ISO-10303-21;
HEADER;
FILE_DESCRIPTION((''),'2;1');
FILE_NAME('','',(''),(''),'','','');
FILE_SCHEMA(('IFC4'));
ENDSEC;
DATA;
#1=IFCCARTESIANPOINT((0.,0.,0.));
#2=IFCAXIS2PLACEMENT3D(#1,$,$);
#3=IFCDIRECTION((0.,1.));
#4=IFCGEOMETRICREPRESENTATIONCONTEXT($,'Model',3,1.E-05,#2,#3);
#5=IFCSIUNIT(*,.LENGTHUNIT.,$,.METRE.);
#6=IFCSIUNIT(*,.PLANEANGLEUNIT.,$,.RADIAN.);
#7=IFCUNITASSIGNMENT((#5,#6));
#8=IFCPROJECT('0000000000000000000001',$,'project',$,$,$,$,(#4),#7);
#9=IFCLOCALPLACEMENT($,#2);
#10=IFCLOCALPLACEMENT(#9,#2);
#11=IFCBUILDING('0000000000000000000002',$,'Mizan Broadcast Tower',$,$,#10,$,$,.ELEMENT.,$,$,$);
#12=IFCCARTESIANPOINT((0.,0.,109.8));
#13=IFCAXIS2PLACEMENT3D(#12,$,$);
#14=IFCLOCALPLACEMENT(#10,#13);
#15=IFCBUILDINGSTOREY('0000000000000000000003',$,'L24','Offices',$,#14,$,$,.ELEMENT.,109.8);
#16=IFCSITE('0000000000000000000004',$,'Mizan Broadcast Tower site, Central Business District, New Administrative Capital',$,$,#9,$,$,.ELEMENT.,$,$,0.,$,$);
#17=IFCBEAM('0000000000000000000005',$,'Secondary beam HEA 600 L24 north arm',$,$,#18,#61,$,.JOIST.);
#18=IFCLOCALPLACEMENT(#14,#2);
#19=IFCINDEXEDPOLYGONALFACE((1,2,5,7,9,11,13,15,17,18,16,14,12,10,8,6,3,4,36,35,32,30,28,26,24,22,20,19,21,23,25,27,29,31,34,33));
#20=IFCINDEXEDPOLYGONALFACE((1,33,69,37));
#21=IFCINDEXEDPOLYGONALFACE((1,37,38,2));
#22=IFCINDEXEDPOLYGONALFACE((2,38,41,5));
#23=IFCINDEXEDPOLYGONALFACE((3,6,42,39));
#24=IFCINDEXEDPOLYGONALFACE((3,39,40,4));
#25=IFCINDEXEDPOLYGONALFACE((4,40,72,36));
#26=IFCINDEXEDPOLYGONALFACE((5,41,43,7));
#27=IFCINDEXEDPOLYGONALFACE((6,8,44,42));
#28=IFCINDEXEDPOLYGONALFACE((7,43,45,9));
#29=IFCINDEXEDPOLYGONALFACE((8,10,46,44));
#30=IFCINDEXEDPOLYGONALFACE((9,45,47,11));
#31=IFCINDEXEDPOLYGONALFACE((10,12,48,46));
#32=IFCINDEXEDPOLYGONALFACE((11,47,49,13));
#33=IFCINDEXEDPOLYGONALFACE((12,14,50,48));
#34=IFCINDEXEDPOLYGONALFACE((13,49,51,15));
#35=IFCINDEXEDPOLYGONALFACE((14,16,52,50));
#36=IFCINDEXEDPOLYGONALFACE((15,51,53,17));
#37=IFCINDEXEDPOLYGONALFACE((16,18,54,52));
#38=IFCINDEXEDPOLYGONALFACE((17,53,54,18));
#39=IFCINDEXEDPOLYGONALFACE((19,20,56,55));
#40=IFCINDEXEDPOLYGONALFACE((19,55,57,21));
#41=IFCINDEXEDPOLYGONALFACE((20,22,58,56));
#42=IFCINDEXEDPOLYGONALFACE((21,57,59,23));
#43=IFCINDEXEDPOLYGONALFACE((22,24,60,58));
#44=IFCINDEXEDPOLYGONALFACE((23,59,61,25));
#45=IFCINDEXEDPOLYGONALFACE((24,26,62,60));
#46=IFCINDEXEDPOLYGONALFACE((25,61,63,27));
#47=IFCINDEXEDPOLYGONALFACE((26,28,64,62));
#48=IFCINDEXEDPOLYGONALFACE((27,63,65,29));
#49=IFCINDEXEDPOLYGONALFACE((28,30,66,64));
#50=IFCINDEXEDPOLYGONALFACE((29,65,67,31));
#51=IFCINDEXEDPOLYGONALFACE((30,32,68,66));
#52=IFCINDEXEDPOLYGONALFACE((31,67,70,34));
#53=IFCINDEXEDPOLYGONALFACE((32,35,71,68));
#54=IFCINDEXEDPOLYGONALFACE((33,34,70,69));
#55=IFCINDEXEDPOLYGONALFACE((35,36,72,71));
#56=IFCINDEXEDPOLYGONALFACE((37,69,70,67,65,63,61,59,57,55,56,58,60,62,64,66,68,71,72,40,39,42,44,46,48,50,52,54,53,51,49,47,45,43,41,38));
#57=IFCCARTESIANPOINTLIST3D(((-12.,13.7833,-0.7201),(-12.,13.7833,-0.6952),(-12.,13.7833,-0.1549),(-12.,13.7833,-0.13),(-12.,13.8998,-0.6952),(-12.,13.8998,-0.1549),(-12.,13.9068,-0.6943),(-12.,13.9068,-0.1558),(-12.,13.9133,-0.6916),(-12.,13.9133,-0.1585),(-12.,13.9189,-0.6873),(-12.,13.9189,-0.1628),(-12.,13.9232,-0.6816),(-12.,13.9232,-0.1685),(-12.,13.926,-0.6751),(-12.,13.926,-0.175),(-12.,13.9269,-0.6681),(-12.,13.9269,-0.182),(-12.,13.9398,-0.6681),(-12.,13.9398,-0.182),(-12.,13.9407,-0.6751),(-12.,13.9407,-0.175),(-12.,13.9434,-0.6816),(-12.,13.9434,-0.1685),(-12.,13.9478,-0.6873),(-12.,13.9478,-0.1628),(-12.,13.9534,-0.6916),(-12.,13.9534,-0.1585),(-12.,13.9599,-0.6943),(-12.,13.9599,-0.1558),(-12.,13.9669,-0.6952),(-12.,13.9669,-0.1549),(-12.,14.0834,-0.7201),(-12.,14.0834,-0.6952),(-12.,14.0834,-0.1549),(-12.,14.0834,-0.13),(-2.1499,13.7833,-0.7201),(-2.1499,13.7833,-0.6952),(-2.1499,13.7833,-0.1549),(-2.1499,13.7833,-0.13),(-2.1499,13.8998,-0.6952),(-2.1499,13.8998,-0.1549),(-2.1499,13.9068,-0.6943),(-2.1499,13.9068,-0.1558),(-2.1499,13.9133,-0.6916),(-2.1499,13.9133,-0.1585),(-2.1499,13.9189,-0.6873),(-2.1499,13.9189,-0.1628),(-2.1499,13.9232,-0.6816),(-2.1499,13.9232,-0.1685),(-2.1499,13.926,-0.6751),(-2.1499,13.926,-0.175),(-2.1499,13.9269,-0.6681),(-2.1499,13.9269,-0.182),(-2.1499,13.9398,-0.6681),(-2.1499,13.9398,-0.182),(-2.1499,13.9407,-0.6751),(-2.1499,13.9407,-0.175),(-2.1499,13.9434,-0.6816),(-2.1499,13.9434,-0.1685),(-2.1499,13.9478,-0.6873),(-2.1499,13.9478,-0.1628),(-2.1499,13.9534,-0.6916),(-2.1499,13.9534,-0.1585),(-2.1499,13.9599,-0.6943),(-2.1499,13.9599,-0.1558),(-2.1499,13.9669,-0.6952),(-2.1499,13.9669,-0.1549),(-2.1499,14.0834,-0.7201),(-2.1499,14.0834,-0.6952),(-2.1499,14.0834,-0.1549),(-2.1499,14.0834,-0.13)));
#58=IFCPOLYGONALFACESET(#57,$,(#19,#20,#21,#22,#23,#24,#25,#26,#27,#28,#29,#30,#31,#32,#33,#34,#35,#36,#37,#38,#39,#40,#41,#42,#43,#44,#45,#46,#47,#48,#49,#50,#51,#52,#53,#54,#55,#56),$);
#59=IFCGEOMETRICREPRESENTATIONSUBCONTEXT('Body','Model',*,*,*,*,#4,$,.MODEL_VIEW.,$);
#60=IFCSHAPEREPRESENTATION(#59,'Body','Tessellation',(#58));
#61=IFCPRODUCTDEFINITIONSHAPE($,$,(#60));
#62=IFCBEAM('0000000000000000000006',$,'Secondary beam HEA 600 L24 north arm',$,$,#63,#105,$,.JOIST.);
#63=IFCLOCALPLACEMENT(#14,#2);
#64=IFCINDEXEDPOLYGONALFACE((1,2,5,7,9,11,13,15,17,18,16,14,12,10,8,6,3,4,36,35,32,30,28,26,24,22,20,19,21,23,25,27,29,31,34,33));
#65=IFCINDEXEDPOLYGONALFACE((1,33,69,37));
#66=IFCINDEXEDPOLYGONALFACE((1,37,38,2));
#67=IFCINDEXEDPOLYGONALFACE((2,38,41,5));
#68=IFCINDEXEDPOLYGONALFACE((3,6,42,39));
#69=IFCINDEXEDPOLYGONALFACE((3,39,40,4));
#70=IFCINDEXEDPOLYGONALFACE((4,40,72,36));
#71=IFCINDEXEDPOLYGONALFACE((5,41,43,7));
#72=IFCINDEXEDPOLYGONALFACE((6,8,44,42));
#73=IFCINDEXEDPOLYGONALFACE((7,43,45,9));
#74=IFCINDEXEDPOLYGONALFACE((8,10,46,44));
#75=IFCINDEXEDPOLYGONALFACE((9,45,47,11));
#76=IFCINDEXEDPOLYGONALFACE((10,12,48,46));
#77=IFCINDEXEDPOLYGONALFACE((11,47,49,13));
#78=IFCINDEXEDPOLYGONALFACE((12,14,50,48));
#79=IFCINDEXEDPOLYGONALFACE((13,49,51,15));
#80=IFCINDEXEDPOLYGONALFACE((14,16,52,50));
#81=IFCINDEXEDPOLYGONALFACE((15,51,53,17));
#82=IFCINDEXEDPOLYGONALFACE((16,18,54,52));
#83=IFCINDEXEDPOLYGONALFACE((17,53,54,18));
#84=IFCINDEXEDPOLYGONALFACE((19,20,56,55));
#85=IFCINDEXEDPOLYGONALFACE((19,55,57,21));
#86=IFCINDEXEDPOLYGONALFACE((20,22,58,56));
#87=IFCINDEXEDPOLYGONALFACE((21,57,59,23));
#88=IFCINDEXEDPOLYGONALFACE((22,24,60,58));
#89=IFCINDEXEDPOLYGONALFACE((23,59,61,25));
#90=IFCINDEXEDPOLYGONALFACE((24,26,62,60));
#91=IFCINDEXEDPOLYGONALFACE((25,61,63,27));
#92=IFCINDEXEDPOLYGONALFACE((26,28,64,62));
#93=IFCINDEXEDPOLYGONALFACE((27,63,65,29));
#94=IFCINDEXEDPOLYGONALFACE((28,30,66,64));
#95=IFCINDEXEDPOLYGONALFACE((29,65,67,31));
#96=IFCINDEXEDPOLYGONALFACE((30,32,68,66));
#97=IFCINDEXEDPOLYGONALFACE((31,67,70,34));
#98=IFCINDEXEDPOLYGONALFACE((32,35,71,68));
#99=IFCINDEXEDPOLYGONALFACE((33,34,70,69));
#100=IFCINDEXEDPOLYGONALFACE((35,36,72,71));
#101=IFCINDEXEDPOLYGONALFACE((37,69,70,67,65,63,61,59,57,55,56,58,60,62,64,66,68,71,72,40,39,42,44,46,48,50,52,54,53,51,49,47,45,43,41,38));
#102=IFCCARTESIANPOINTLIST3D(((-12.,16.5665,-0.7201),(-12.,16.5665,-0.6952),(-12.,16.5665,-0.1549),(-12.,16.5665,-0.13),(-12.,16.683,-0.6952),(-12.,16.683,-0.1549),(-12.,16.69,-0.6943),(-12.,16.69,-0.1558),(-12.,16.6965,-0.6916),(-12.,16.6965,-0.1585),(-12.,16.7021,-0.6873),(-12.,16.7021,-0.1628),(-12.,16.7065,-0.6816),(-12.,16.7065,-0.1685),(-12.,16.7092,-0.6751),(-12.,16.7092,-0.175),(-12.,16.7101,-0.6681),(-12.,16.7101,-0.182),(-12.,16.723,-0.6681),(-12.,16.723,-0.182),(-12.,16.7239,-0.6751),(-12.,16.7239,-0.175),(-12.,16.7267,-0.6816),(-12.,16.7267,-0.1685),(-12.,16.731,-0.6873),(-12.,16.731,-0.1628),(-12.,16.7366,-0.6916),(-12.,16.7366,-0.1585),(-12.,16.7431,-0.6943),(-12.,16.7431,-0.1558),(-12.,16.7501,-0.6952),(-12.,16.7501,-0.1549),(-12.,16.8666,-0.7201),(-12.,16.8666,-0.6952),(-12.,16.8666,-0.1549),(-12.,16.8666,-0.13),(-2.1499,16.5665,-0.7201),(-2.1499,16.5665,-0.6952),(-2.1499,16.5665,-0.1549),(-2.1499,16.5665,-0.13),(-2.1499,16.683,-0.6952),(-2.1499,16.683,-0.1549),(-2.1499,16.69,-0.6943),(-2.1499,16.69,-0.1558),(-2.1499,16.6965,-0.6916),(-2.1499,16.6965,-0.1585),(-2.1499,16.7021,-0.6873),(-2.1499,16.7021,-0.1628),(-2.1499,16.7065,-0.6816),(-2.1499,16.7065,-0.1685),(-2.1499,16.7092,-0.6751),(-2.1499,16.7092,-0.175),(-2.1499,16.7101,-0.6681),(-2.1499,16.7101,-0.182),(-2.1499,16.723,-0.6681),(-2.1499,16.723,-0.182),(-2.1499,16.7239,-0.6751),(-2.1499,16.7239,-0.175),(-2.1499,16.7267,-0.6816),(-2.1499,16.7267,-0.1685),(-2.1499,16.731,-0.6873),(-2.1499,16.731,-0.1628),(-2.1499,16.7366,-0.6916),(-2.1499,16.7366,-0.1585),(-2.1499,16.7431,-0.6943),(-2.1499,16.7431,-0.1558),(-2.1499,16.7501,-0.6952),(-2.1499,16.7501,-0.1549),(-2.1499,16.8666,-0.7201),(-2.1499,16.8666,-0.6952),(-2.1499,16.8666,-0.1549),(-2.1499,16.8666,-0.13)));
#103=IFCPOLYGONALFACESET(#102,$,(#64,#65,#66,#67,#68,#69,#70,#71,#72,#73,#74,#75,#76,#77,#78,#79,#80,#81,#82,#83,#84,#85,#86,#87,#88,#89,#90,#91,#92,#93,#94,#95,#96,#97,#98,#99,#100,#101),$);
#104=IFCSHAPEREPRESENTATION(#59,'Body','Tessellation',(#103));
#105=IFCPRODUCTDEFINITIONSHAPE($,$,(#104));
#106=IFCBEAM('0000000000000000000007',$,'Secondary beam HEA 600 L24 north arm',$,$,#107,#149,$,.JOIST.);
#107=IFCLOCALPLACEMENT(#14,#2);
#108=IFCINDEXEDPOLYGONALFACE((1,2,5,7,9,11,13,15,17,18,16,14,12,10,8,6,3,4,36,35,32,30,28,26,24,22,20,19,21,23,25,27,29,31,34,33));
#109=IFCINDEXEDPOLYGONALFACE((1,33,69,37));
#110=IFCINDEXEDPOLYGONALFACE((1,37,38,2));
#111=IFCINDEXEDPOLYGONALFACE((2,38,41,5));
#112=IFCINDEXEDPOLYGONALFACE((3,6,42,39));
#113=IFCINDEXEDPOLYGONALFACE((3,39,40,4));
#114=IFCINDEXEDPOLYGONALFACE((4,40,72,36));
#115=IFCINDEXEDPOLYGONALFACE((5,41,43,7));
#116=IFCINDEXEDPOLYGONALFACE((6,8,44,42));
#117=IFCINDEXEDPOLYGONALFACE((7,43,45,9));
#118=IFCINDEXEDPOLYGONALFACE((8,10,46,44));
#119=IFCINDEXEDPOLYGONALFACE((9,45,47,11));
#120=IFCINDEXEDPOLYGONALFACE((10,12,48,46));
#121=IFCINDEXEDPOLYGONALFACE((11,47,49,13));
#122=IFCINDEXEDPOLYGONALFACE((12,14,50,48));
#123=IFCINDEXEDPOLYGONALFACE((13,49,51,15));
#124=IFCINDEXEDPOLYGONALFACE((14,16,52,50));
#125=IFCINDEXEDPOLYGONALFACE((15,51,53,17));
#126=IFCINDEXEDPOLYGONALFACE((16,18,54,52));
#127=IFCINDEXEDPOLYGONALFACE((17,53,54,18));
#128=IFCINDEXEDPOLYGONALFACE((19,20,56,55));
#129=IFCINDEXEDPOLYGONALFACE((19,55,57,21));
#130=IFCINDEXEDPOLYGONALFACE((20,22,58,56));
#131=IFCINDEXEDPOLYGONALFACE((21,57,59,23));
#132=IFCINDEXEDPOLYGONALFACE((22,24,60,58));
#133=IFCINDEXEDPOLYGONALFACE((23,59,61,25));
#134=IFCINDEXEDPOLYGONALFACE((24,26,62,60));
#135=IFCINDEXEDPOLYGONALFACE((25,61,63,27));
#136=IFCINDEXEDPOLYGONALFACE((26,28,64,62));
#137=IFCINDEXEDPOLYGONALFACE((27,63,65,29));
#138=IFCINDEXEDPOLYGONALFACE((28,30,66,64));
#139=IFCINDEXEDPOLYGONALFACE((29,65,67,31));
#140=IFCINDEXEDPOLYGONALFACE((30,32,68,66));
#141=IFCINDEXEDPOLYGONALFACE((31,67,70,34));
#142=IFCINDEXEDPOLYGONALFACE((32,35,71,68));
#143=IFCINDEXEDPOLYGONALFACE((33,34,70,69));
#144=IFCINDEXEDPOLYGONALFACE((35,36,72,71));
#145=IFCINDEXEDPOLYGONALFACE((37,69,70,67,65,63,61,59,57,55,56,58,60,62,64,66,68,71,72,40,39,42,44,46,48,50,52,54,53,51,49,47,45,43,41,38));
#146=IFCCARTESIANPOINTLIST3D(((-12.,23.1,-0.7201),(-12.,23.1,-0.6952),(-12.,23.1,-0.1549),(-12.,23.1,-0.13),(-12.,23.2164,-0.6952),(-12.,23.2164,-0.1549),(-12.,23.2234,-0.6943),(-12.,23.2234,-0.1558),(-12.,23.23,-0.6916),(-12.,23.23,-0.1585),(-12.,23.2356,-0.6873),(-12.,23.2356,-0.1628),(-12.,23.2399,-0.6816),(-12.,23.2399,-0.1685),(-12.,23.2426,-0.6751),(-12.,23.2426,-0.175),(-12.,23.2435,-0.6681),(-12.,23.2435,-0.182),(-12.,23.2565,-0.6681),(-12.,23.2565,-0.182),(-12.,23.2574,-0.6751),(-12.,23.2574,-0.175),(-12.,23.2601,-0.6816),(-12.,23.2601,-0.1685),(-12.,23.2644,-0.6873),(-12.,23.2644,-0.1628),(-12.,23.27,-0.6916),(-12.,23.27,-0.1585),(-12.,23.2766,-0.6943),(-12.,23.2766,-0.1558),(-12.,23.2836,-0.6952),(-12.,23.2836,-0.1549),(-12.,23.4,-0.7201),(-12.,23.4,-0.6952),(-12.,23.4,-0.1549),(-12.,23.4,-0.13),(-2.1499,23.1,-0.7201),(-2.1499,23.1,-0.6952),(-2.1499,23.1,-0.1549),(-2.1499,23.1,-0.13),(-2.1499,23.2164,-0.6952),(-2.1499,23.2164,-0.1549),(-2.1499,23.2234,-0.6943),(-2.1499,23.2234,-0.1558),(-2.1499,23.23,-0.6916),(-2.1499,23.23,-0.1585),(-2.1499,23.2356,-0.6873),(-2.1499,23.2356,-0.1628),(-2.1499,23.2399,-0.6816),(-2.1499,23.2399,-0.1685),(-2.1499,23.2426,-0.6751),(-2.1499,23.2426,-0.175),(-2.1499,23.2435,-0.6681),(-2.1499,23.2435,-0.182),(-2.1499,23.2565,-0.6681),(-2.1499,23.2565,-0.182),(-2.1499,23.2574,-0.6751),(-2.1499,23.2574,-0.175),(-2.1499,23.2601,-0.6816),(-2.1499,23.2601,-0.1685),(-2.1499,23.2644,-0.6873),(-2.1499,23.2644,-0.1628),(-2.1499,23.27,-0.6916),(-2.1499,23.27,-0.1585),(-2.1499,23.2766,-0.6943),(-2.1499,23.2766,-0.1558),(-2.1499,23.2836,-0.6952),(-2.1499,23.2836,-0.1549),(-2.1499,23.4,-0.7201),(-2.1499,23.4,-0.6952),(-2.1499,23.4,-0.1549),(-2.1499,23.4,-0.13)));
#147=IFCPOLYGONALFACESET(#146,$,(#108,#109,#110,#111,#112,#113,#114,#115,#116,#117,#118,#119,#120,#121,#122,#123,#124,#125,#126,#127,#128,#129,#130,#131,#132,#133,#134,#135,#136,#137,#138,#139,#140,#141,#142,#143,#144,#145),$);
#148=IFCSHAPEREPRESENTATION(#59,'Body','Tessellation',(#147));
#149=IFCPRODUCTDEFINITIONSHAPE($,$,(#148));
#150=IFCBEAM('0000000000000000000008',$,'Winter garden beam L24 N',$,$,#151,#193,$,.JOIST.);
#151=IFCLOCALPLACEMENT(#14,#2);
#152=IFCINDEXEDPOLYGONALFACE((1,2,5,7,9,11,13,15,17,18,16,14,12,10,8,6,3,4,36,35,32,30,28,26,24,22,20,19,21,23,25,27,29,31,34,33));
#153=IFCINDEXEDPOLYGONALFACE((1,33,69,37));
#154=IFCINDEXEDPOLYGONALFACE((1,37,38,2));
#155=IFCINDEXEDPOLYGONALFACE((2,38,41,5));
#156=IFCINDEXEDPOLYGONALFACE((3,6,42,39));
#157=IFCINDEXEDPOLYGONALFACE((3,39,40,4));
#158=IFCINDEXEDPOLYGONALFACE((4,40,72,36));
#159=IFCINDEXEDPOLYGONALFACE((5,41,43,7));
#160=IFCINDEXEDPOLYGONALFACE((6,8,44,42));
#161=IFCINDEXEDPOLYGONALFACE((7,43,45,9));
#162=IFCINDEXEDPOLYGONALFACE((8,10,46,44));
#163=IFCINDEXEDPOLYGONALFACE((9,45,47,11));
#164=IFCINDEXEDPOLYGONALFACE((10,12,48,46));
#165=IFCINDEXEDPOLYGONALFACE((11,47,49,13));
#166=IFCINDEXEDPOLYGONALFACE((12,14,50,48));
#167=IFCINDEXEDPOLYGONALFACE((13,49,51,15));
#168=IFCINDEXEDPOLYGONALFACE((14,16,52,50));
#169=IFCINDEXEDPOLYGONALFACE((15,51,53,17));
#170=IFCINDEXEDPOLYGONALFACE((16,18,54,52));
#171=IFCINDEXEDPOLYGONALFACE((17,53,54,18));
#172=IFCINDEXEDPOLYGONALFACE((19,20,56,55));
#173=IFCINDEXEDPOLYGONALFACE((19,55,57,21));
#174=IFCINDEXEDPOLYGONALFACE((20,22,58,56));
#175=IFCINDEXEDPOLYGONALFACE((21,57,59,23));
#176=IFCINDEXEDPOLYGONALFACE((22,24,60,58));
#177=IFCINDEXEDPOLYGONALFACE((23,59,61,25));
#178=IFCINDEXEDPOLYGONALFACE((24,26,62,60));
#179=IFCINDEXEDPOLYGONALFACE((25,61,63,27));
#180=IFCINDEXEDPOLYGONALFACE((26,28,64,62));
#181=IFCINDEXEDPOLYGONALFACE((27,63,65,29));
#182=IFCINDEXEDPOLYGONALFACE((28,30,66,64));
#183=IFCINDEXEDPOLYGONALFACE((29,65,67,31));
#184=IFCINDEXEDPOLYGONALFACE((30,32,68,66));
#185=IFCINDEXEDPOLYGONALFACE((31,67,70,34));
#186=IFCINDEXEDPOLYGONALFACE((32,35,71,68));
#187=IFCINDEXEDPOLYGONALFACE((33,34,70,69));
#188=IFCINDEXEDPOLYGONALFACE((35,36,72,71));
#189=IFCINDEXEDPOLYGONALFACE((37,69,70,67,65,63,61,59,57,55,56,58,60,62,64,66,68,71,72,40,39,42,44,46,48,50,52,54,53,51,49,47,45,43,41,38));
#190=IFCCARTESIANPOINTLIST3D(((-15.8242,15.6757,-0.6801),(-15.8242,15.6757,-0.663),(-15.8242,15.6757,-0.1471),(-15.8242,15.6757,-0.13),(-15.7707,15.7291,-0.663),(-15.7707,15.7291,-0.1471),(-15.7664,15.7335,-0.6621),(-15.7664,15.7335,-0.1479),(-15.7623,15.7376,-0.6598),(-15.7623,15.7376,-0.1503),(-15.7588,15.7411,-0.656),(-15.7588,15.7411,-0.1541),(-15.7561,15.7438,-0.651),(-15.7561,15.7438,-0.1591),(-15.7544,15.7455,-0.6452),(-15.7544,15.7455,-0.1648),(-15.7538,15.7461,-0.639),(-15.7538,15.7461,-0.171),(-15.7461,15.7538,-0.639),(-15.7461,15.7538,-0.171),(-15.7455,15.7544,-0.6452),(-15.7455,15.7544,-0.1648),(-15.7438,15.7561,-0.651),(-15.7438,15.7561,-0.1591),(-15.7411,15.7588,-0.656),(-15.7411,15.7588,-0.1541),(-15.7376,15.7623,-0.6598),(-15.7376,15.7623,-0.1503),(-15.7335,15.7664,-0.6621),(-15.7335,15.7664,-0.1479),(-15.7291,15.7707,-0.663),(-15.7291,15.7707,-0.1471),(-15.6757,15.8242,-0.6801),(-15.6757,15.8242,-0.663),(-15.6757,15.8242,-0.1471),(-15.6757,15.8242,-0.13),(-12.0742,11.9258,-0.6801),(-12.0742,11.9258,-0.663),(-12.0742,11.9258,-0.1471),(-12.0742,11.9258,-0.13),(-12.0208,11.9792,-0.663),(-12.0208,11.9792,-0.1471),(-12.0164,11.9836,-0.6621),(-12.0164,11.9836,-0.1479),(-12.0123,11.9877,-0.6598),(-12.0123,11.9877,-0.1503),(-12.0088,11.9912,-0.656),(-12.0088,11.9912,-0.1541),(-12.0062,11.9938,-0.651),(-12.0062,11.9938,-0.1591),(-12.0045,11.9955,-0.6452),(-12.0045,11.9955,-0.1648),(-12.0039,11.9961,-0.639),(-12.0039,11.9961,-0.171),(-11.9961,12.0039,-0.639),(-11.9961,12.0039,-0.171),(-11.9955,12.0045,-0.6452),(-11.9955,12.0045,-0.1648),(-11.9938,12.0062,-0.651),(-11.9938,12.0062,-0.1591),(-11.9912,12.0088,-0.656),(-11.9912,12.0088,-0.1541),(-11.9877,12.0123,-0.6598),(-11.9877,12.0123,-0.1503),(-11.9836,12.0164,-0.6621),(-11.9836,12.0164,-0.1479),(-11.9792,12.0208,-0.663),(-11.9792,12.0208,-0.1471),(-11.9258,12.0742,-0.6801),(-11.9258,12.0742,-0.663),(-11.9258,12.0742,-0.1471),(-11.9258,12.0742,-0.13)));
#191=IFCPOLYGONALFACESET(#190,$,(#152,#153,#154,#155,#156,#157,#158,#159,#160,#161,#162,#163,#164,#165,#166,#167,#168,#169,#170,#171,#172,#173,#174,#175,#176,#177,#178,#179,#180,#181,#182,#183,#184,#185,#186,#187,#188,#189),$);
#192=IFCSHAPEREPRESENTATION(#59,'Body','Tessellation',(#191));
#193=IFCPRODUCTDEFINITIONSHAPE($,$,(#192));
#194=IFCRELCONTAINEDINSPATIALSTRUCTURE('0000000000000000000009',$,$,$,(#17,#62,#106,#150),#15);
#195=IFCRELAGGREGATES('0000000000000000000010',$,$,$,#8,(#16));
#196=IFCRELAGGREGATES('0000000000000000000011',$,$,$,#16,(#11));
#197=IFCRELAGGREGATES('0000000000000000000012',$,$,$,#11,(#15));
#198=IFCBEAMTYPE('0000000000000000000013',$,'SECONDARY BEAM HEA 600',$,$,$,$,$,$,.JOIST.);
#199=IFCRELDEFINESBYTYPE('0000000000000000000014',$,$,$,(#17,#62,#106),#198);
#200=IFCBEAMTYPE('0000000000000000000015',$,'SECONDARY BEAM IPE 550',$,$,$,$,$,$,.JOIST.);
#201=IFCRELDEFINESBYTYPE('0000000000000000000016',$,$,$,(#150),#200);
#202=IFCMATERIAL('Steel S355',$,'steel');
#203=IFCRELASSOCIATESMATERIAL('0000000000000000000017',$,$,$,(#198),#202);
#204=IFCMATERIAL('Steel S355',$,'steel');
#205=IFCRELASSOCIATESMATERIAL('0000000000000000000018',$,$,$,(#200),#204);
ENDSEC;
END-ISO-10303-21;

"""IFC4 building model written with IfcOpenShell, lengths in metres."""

from ifc_helpers import new_model, si_unit, direction, frame, origin, origin_2d, place, context, subcontext, project, spatial, i_section, extrude, material, material_profile, profile_set, type_object, element, save


model = new_model("IFC4")

# Units and contexts
model_context = context("Model", 3, precision=1e-05, world=origin(), true_north=direction((0.0, 1.0)))
body_context = subcontext(model_context, "Body", "Model", "MODEL_VIEW")
ifc_project = project(units=[si_unit("LENGTHUNIT", "METRE"), si_unit("PLANEANGLEUNIT", "RADIAN")], contexts=[model_context])

# Site, building, storey
site_placement = place(None, origin())
site = spatial("IfcSite", under=ifc_project, at=site_placement, Name="Mizan Broadcast Tower site, Central Business District, New Administrative Capital", CompositionType="ELEMENT", RefElevation=0.0)
building_placement = place(site_placement, origin())
building = spatial("IfcBuilding", under=site, at=building_placement, Name="Mizan Broadcast Tower", CompositionType="ELEMENT")
storey_placement = place(building_placement, frame((0.0, 0.0, 109.8)))
storey = spatial("IfcBuildingStorey", under=building, at=storey_placement, Name="L24", Description="Offices", CompositionType="ELEMENT", Elevation=109.8)

# Beams
ifc_material_1 = material(Name="Steel S355", Category="steel")
ifc_material_profile_1 = material_profile(ifc_material_1, i_section(OverallWidth=0.3, OverallDepth=0.5901, WebThickness=0.0129, FlangeThickness=0.0249, FilletRadius=0.0271, at=origin_2d()), Name="HEA 600")
ifc_profile_set_1 = profile_set([ifc_material_profile_1], Name="Steel S355")
beam_type_1 = type_object("IfcBeamType", Name="SECONDARY BEAM HEA 600", PredefinedType="JOIST", material=ifc_profile_set_1)
for number, where, z_axis, x_axis, name in (
    (1, (-12.0, 13.9333, -0.425), (1.0, 0.0, 0.0), (0.0, 1.0, 0.0), "Secondary beam HEA 600 L24 north arm"),
    (2, (-12.0, 16.7166, -0.425), (1.0, 0.0, 0.0), (0.0, 1.0, 0.0), "Secondary beam HEA 600 L24 north arm"),
    (3, (-12.0, 23.25, -0.425), (1.0, 0.0, 0.0), (0.0, 1.0, 0.0), "Secondary beam HEA 600 L24 north arm"),
):
    element("IfcBeam", number, at=place(storey_placement, frame(where, z_axis=z_axis, x_axis=x_axis)), inside=storey, type_object=beam_type_1, Name=name, PredefinedType="JOIST", context=body_context, shape_type="SweptSolid", body=[
        extrude(i_section(OverallWidth=0.3, OverallDepth=0.5901, WebThickness=0.0129, FlangeThickness=0.0249, FilletRadius=0.0271, at=origin_2d()), origin(), (0.0, 0.0, 1.0), 9.8501),
    ])
ifc_material_2 = material(Name="Steel S355", Category="steel")
ifc_material_profile_2 = material_profile(ifc_material_2, i_section(OverallWidth=0.21, OverallDepth=0.55, WebThickness=0.011, FlangeThickness=0.0171, FilletRadius=0.0239, at=origin_2d()), Name="IPE 550")
ifc_profile_set_2 = profile_set([ifc_material_profile_2], Name="Steel S355")
beam_type_2 = type_object("IfcBeamType", Name="SECONDARY BEAM IPE 550", PredefinedType="JOIST", material=ifc_profile_set_2)
beam_1_placement = place(storey_placement, frame((-12.0, 12.0, -0.405), z_axis=(-0.707107, 0.707107, 0.0), x_axis=(-0.707107, -0.707107, 0.0)))
element("IfcBeam", 4, at=beam_1_placement, inside=storey, type_object=beam_type_2, Name="Winter garden beam L24 N", PredefinedType="JOIST", context=body_context, shape_type="SweptSolid", body=[
    extrude(i_section(OverallWidth=0.21, OverallDepth=0.55, WebThickness=0.011, FlangeThickness=0.0171, FilletRadius=0.0239, at=origin_2d()), origin(), (0.0, 0.0, 1.0), 5.3032),
])

save(model, "model.ifc")
